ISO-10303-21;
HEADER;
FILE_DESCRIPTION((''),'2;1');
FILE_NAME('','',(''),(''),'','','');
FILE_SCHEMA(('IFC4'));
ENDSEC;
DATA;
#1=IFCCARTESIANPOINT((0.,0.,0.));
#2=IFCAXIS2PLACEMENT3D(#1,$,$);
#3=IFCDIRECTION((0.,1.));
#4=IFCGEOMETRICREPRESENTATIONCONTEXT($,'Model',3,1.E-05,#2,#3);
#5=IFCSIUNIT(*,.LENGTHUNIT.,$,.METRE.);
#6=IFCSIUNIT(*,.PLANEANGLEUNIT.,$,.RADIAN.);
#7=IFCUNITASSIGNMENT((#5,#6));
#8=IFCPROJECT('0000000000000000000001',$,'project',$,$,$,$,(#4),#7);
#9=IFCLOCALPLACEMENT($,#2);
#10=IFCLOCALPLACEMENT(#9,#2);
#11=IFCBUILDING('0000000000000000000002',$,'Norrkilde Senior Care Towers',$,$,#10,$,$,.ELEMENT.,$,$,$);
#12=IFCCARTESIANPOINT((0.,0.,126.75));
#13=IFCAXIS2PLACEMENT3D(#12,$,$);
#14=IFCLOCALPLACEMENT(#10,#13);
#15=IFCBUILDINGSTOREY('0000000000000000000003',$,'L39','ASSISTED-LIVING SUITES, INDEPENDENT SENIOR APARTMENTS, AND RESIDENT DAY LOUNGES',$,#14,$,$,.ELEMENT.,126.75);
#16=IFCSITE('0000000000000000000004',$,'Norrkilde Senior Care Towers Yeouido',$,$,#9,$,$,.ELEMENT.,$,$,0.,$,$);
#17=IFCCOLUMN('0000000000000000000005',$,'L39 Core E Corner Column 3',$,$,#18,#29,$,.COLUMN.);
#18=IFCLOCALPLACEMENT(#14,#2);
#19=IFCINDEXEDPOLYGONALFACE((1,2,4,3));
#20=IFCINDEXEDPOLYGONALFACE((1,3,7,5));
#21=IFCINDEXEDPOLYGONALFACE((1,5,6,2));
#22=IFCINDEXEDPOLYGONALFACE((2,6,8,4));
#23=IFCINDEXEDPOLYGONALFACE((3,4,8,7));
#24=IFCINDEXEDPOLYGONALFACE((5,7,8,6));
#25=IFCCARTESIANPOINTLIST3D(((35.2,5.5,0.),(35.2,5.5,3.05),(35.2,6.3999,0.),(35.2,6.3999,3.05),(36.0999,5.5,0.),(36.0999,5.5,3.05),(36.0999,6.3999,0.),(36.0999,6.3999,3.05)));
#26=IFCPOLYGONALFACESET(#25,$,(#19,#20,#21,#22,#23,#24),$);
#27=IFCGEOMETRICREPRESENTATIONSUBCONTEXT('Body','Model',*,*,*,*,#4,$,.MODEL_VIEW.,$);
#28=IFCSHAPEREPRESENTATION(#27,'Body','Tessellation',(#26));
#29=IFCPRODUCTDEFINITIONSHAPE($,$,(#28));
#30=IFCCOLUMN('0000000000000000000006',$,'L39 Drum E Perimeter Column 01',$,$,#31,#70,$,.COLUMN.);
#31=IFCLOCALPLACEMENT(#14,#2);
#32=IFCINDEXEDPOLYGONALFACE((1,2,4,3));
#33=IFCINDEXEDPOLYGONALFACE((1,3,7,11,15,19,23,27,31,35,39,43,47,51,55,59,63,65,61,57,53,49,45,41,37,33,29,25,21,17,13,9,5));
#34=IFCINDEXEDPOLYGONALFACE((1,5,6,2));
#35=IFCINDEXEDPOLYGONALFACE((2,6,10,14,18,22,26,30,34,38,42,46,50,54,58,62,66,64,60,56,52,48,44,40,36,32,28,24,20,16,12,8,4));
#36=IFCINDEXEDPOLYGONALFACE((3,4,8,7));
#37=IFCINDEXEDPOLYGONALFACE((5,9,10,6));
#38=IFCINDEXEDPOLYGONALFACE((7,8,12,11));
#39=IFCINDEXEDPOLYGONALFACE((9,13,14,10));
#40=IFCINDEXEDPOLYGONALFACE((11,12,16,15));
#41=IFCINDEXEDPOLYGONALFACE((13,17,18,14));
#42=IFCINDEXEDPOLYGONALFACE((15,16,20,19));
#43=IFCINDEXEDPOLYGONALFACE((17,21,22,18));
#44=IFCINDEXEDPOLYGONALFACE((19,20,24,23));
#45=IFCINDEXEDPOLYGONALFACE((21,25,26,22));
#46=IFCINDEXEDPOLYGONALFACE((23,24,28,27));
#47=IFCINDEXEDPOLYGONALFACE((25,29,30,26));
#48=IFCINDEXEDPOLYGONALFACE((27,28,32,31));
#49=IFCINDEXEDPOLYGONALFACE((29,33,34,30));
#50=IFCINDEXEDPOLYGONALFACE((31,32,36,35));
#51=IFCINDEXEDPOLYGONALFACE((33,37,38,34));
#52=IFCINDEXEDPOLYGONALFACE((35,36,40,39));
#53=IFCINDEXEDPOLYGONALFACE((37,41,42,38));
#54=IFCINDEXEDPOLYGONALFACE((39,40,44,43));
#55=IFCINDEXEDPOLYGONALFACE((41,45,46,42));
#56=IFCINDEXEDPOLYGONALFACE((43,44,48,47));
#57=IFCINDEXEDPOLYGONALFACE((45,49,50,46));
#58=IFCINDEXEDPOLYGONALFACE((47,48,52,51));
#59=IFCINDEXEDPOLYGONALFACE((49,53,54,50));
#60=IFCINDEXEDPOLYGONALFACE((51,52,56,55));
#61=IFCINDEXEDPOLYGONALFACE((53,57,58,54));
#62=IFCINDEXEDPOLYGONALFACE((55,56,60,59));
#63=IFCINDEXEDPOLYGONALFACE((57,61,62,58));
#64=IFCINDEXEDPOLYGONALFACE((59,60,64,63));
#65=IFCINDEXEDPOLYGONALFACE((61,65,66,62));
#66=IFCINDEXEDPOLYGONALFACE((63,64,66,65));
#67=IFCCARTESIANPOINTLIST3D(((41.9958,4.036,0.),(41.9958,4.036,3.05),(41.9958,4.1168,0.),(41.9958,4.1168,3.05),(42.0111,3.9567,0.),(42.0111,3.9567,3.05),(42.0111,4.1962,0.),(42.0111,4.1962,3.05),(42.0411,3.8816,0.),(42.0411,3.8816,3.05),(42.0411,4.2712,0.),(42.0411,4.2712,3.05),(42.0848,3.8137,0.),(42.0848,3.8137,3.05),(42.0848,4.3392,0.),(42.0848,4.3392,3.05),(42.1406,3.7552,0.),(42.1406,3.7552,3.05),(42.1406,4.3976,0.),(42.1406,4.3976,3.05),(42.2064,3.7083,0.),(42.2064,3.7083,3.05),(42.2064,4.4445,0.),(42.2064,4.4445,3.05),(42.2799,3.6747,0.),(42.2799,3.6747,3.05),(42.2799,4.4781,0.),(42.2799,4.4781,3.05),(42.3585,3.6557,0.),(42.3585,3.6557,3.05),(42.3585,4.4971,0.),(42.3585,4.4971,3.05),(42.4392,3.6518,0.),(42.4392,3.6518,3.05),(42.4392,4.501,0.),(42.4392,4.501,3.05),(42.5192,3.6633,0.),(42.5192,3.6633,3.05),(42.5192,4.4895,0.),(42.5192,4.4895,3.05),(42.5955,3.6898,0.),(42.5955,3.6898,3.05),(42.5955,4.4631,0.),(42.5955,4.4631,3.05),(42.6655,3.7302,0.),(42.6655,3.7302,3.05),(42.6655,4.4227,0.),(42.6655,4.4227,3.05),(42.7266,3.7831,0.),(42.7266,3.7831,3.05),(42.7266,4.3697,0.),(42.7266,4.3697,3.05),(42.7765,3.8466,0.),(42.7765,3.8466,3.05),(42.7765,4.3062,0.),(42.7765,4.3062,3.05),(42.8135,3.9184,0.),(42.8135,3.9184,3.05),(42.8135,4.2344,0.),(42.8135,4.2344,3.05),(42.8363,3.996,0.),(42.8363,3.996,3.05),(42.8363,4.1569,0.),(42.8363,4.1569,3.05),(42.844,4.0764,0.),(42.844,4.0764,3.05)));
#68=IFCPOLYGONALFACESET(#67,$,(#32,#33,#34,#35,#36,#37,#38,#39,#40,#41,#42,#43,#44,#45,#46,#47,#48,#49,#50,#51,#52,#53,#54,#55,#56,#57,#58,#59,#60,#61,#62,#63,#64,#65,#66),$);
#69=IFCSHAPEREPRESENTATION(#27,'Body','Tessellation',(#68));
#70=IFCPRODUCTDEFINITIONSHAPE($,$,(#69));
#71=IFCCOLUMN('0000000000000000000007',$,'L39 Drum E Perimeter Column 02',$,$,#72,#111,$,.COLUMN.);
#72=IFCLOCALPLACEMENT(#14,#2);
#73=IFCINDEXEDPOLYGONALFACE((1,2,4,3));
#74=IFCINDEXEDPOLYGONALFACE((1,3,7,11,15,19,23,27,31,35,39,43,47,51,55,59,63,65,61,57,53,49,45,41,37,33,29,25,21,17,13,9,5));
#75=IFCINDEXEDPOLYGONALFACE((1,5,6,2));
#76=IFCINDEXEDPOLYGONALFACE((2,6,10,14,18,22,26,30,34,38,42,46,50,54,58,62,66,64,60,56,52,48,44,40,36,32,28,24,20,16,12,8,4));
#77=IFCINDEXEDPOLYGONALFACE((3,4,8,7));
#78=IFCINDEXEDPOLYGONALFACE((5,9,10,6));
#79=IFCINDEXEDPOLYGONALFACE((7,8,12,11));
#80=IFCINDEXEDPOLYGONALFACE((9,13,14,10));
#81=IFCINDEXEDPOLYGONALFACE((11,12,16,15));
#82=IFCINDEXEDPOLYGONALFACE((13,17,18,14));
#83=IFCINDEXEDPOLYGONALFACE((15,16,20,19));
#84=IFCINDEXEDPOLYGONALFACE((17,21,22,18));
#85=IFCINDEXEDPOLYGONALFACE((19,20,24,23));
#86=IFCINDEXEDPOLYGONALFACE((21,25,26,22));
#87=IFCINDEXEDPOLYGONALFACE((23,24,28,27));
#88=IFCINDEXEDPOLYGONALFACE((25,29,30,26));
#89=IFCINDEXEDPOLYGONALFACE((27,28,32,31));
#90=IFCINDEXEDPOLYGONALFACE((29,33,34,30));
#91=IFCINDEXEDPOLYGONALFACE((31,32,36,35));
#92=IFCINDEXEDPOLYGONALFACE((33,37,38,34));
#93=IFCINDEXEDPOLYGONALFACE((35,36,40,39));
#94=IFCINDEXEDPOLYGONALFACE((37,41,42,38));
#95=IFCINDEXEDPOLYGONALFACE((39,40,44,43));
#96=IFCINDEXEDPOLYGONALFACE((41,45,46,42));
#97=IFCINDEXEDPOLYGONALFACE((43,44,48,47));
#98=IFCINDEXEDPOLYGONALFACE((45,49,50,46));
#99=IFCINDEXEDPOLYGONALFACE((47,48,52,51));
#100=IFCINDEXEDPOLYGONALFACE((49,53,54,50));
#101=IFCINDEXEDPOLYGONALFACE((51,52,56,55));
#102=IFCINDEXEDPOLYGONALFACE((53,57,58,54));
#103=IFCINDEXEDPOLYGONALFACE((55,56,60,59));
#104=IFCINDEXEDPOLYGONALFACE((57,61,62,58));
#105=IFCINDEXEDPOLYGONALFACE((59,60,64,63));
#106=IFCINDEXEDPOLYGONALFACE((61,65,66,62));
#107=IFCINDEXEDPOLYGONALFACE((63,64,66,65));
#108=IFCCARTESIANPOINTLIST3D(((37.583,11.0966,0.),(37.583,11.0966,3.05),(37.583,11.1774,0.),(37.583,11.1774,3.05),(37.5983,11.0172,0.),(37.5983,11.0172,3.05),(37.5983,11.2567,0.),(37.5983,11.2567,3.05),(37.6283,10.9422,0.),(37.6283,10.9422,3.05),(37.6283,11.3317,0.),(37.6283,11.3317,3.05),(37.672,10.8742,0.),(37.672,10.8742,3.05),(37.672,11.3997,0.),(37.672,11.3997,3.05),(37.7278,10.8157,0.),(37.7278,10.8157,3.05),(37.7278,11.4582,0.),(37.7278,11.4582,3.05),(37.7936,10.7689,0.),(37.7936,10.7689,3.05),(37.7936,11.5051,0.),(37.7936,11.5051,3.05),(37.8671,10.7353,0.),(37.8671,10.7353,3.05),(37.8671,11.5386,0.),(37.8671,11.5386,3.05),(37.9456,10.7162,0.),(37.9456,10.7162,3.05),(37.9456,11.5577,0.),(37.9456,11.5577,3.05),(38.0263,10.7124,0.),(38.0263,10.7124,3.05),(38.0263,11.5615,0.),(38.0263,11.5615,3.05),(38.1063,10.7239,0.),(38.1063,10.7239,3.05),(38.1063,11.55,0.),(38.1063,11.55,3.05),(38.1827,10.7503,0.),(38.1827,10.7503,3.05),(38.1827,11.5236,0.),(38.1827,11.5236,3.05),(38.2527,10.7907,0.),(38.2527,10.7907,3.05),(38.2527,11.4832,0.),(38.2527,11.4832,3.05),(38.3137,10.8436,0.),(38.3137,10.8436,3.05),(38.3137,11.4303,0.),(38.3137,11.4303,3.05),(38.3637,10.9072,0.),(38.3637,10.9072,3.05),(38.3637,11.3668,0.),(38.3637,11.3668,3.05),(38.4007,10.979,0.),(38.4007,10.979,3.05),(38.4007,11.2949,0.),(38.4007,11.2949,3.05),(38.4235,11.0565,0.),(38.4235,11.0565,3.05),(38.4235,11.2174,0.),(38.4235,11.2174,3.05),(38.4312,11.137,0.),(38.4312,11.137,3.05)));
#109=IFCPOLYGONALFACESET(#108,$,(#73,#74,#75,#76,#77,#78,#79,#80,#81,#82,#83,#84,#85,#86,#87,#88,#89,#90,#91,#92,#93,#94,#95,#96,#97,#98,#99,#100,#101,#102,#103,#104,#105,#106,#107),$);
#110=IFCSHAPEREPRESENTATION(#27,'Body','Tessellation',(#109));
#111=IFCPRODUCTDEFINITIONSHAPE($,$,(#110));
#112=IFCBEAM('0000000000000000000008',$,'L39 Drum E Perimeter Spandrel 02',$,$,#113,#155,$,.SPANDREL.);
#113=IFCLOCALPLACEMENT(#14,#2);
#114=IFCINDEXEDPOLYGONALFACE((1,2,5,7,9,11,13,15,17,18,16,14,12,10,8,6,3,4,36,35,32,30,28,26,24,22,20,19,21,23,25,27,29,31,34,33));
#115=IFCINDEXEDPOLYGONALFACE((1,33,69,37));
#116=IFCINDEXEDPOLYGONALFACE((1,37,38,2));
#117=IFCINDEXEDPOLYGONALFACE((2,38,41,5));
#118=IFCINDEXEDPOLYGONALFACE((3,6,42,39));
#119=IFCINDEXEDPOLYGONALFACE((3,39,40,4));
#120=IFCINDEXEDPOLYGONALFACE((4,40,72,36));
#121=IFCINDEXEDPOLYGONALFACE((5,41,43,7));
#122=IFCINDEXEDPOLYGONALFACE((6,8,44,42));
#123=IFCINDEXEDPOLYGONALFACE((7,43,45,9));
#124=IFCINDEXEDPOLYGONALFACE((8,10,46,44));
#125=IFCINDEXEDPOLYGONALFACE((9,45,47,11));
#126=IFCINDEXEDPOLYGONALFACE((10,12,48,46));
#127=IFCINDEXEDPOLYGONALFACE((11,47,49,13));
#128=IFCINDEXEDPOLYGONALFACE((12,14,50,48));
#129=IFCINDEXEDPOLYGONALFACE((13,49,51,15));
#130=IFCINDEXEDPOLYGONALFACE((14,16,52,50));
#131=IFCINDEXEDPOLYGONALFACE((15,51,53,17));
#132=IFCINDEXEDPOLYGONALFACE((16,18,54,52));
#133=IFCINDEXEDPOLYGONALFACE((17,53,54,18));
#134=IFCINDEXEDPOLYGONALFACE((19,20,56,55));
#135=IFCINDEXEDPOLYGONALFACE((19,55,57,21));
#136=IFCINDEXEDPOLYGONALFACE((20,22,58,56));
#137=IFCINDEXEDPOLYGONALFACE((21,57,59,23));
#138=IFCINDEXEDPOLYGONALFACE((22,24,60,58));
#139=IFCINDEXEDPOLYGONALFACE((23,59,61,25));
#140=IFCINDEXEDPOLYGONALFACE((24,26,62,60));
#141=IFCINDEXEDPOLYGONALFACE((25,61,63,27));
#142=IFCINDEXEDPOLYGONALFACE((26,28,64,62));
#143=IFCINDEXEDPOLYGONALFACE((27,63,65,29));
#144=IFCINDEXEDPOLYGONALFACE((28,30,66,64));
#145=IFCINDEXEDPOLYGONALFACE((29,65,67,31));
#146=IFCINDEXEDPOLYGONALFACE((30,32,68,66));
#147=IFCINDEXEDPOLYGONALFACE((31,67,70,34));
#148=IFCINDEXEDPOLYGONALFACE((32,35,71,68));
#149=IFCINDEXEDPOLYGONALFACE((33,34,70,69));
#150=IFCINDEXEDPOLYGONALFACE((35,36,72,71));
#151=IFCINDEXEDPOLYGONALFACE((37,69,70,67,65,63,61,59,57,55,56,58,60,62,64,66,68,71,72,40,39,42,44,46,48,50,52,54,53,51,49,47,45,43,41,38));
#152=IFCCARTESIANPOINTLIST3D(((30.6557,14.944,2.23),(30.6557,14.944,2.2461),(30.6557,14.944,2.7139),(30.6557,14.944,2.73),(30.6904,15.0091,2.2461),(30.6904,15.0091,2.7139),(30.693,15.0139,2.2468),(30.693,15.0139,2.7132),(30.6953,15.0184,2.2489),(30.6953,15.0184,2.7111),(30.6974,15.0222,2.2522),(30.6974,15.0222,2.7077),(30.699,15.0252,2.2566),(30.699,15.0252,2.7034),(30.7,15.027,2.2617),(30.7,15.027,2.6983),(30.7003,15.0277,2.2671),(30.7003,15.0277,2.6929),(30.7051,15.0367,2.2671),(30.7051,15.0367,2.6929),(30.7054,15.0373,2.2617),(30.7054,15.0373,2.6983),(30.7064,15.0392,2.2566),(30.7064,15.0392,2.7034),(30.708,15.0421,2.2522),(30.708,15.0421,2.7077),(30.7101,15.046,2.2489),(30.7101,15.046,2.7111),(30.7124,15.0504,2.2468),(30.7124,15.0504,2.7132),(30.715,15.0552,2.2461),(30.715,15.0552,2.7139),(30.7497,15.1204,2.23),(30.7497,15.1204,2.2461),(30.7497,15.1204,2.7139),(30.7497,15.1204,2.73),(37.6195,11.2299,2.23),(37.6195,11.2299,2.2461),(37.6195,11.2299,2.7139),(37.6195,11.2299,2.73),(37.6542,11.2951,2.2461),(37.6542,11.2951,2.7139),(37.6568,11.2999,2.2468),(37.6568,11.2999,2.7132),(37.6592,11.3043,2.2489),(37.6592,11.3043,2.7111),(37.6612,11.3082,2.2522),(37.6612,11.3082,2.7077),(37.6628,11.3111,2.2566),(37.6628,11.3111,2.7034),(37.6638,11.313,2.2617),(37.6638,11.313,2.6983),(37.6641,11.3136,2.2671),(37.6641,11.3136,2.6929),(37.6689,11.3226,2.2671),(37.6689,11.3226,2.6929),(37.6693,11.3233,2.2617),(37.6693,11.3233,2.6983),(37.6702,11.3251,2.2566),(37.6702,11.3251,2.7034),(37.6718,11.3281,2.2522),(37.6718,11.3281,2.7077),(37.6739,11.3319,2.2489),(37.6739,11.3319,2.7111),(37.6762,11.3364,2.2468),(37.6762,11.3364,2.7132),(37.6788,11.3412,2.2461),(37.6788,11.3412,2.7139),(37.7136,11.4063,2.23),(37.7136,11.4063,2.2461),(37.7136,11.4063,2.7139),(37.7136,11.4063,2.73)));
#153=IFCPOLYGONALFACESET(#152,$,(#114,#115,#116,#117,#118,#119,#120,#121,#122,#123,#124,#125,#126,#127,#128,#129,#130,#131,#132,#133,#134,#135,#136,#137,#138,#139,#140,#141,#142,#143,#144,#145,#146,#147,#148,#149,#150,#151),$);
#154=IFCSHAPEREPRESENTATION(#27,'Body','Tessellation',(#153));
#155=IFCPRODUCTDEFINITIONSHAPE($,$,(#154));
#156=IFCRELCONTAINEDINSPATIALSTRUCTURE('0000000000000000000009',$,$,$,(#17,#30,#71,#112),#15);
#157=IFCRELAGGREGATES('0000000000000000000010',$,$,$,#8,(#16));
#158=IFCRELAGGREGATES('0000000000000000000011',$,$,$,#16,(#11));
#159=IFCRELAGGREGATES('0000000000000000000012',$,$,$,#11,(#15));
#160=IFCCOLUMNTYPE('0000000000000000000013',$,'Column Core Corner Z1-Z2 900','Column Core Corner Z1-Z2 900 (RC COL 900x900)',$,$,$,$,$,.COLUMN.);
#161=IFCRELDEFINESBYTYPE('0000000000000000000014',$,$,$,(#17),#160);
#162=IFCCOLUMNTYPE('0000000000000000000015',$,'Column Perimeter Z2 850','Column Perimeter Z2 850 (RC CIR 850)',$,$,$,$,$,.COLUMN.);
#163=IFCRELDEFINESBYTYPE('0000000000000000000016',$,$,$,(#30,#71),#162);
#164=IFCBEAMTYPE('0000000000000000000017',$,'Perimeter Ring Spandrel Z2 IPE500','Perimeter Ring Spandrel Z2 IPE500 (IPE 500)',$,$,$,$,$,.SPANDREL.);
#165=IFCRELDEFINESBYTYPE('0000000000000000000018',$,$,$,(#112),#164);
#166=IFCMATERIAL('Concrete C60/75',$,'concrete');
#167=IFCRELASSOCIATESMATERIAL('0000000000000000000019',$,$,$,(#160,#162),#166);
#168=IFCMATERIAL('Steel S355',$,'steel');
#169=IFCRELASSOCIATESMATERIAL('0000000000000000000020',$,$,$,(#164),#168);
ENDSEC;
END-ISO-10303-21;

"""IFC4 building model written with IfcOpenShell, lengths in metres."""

from ifc_helpers import new_model, si_unit, direction, frame, origin, origin_2d, place, context, subcontext, project, spatial, rectangle, circle, i_section, extrude, source, transform, mapped, material, material_profile, profile_set, type_object, type_shapes, element, save


model = new_model("IFC4")

# Units and contexts
model_context = context("Model", 3, precision=1e-05, world=origin(), true_north=direction((0.0, 1.0)))
body_context = subcontext(model_context, "Body", "Model", "MODEL_VIEW")
ifc_project = project(units=[si_unit("LENGTHUNIT", "METRE"), si_unit("PLANEANGLEUNIT", "RADIAN")], contexts=[model_context])

# Site, building, storey
site_placement = place(None, origin())
site = spatial("IfcSite", under=ifc_project, at=site_placement, Name="Norrkilde Senior Care Towers Yeouido", CompositionType="ELEMENT", RefElevation=0.0)
building_placement = place(site_placement, origin())
building = spatial("IfcBuilding", under=site, at=building_placement, Name="Norrkilde Senior Care Towers", CompositionType="ELEMENT")
storey_placement = place(building_placement, frame((0.0, 0.0, 126.75)))
storey = spatial("IfcBuildingStorey", under=building, at=storey_placement, Name="L39", Description="ASSISTED-LIVING SUITES, INDEPENDENT SENIOR APARTMENTS, AND RESIDENT DAY LOUNGES", CompositionType="ELEMENT", Elevation=126.75)

# Columns
ifc_material_1 = material(Name="Concrete C60/75", Category="concrete")
ifc_material_profile_1 = material_profile(ifc_material_1, rectangle(XDim=0.8999, YDim=0.8999, at=origin_2d()), Name="RC COL 900x900")
ifc_profile_set_1 = profile_set([ifc_material_profile_1], Name="Concrete C60/75")
column_type_1 = type_object("IfcColumnType", Name="Column Core Corner Z1-Z2 900", Description="Column Core Corner Z1-Z2 900 (RC COL 900x900)", PredefinedType="COLUMN", material=ifc_profile_set_1)
shared_shape_1 = source(origin(), body_context, "Body", "SweptSolid", [
    extrude(rectangle(XDim=0.8999, YDim=0.8999, at=origin_2d()), origin(), (0.0, 0.0, 1.0), 3.05),
])
type_shapes(column_type_1, [shared_shape_1])
column_placement = place(storey_placement, frame((35.6499, 5.95, 0.0), z_axis=(0.0, 0.0, 1.0), x_axis=(1.0, 0.0, 0.0)))
element("IfcColumn", 1, at=column_placement, inside=storey, type_object=column_type_1, Name="L39 Core E Corner Column 3", PredefinedType="COLUMN", context=body_context, shape_type="MappedRepresentation", body=[
    mapped(shared_shape_1, transform((0.0, 0.0, 0.0), x_axis=(1.0, 0.0, 0.0), y_axis=(0.0, 1.0, 0.0), z_axis=(0.0, 0.0, 1.0), scale=1.0)),
])
ifc_material_profile_2 = material_profile(ifc_material_1, circle(Radius=0.425, at=origin_2d()), Name="RC CIR 850")
ifc_profile_set_2 = profile_set([ifc_material_profile_2], Name="Concrete C60/75")
column_type_2 = type_object("IfcColumnType", Name="Column Perimeter Z2 850", Description="Column Perimeter Z2 850 (RC CIR 850)", PredefinedType="COLUMN", material=ifc_profile_set_2)
shared_shape_2 = source(origin(), body_context, "Body", "SweptSolid", [
    extrude(circle(Radius=0.425, at=origin_2d()), origin(), (0.0, 0.0, 1.0), 3.05),
])
type_shapes(column_type_2, [shared_shape_2])
for number, where, z_axis, x_axis, name in (
    (2, (42.4189, 4.0764, 0.0), (0.0, 0.0, 1.0), (1.0, 0.0, 0.0), "L39 Drum E Perimeter Column 01"),
    (3, (38.0061, 11.137, 0.0), (0.0, 0.0, 1.0), (1.0, 0.0, 0.0), "L39 Drum E Perimeter Column 02"),
):
    element("IfcColumn", number, at=place(storey_placement, frame(where, z_axis=z_axis, x_axis=x_axis)), inside=storey, type_object=column_type_2, Name=name, PredefinedType="COLUMN", context=body_context, shape_type="MappedRepresentation", body=[
        mapped(shared_shape_2, transform((0.0, 0.0, 0.0), x_axis=(1.0, 0.0, 0.0), y_axis=(0.0, 1.0, 0.0), z_axis=(0.0, 0.0, 1.0), scale=1.0)),
    ])

# Beam
ifc_material_2 = material(Name="Steel S355", Category="steel")
ifc_material_profile_3 = material_profile(ifc_material_2, i_section(OverallWidth=0.2, OverallDepth=0.5, WebThickness=0.0103, FlangeThickness=0.0161, FilletRadius=0.021, at=origin_2d()), Name="IPE 500")
ifc_profile_set_3 = profile_set([ifc_material_profile_3], Name="Steel S355")
beam_type_1 = type_object("IfcBeamType", Name="Perimeter Ring Spandrel Z2 IPE500", Description="Perimeter Ring Spandrel Z2 IPE500 (IPE 500)", PredefinedType="SPANDREL", material=ifc_profile_set_3)
shared_shape_3 = source(origin(), body_context, "Body", "SweptSolid", [
    extrude(i_section(OverallWidth=0.2, OverallDepth=0.5, WebThickness=0.0103, FlangeThickness=0.0161, FilletRadius=0.021, at=origin_2d()), origin(), (0.0, 0.0, 1.0), 7.8923),
])
beam_1_placement = place(storey_placement, frame((37.6665, 11.3181, 2.48), z_axis=(-0.88235, 0.470593, 0.0), x_axis=(-0.470593, -0.88235, 0.0)))
element("IfcBeam", 4, at=beam_1_placement, inside=storey, type_object=beam_type_1, Name="L39 Drum E Perimeter Spandrel 02", PredefinedType="SPANDREL", context=body_context, shape_type="MappedRepresentation", body=[
    mapped(shared_shape_3, transform((0.0, 0.0, 0.0), x_axis=(1.0, 0.0, 0.0), y_axis=(0.0, 1.0, 0.0), z_axis=(0.0, 0.0, 1.0), scale=1.0)),
])

save(model, "model.ifc")
